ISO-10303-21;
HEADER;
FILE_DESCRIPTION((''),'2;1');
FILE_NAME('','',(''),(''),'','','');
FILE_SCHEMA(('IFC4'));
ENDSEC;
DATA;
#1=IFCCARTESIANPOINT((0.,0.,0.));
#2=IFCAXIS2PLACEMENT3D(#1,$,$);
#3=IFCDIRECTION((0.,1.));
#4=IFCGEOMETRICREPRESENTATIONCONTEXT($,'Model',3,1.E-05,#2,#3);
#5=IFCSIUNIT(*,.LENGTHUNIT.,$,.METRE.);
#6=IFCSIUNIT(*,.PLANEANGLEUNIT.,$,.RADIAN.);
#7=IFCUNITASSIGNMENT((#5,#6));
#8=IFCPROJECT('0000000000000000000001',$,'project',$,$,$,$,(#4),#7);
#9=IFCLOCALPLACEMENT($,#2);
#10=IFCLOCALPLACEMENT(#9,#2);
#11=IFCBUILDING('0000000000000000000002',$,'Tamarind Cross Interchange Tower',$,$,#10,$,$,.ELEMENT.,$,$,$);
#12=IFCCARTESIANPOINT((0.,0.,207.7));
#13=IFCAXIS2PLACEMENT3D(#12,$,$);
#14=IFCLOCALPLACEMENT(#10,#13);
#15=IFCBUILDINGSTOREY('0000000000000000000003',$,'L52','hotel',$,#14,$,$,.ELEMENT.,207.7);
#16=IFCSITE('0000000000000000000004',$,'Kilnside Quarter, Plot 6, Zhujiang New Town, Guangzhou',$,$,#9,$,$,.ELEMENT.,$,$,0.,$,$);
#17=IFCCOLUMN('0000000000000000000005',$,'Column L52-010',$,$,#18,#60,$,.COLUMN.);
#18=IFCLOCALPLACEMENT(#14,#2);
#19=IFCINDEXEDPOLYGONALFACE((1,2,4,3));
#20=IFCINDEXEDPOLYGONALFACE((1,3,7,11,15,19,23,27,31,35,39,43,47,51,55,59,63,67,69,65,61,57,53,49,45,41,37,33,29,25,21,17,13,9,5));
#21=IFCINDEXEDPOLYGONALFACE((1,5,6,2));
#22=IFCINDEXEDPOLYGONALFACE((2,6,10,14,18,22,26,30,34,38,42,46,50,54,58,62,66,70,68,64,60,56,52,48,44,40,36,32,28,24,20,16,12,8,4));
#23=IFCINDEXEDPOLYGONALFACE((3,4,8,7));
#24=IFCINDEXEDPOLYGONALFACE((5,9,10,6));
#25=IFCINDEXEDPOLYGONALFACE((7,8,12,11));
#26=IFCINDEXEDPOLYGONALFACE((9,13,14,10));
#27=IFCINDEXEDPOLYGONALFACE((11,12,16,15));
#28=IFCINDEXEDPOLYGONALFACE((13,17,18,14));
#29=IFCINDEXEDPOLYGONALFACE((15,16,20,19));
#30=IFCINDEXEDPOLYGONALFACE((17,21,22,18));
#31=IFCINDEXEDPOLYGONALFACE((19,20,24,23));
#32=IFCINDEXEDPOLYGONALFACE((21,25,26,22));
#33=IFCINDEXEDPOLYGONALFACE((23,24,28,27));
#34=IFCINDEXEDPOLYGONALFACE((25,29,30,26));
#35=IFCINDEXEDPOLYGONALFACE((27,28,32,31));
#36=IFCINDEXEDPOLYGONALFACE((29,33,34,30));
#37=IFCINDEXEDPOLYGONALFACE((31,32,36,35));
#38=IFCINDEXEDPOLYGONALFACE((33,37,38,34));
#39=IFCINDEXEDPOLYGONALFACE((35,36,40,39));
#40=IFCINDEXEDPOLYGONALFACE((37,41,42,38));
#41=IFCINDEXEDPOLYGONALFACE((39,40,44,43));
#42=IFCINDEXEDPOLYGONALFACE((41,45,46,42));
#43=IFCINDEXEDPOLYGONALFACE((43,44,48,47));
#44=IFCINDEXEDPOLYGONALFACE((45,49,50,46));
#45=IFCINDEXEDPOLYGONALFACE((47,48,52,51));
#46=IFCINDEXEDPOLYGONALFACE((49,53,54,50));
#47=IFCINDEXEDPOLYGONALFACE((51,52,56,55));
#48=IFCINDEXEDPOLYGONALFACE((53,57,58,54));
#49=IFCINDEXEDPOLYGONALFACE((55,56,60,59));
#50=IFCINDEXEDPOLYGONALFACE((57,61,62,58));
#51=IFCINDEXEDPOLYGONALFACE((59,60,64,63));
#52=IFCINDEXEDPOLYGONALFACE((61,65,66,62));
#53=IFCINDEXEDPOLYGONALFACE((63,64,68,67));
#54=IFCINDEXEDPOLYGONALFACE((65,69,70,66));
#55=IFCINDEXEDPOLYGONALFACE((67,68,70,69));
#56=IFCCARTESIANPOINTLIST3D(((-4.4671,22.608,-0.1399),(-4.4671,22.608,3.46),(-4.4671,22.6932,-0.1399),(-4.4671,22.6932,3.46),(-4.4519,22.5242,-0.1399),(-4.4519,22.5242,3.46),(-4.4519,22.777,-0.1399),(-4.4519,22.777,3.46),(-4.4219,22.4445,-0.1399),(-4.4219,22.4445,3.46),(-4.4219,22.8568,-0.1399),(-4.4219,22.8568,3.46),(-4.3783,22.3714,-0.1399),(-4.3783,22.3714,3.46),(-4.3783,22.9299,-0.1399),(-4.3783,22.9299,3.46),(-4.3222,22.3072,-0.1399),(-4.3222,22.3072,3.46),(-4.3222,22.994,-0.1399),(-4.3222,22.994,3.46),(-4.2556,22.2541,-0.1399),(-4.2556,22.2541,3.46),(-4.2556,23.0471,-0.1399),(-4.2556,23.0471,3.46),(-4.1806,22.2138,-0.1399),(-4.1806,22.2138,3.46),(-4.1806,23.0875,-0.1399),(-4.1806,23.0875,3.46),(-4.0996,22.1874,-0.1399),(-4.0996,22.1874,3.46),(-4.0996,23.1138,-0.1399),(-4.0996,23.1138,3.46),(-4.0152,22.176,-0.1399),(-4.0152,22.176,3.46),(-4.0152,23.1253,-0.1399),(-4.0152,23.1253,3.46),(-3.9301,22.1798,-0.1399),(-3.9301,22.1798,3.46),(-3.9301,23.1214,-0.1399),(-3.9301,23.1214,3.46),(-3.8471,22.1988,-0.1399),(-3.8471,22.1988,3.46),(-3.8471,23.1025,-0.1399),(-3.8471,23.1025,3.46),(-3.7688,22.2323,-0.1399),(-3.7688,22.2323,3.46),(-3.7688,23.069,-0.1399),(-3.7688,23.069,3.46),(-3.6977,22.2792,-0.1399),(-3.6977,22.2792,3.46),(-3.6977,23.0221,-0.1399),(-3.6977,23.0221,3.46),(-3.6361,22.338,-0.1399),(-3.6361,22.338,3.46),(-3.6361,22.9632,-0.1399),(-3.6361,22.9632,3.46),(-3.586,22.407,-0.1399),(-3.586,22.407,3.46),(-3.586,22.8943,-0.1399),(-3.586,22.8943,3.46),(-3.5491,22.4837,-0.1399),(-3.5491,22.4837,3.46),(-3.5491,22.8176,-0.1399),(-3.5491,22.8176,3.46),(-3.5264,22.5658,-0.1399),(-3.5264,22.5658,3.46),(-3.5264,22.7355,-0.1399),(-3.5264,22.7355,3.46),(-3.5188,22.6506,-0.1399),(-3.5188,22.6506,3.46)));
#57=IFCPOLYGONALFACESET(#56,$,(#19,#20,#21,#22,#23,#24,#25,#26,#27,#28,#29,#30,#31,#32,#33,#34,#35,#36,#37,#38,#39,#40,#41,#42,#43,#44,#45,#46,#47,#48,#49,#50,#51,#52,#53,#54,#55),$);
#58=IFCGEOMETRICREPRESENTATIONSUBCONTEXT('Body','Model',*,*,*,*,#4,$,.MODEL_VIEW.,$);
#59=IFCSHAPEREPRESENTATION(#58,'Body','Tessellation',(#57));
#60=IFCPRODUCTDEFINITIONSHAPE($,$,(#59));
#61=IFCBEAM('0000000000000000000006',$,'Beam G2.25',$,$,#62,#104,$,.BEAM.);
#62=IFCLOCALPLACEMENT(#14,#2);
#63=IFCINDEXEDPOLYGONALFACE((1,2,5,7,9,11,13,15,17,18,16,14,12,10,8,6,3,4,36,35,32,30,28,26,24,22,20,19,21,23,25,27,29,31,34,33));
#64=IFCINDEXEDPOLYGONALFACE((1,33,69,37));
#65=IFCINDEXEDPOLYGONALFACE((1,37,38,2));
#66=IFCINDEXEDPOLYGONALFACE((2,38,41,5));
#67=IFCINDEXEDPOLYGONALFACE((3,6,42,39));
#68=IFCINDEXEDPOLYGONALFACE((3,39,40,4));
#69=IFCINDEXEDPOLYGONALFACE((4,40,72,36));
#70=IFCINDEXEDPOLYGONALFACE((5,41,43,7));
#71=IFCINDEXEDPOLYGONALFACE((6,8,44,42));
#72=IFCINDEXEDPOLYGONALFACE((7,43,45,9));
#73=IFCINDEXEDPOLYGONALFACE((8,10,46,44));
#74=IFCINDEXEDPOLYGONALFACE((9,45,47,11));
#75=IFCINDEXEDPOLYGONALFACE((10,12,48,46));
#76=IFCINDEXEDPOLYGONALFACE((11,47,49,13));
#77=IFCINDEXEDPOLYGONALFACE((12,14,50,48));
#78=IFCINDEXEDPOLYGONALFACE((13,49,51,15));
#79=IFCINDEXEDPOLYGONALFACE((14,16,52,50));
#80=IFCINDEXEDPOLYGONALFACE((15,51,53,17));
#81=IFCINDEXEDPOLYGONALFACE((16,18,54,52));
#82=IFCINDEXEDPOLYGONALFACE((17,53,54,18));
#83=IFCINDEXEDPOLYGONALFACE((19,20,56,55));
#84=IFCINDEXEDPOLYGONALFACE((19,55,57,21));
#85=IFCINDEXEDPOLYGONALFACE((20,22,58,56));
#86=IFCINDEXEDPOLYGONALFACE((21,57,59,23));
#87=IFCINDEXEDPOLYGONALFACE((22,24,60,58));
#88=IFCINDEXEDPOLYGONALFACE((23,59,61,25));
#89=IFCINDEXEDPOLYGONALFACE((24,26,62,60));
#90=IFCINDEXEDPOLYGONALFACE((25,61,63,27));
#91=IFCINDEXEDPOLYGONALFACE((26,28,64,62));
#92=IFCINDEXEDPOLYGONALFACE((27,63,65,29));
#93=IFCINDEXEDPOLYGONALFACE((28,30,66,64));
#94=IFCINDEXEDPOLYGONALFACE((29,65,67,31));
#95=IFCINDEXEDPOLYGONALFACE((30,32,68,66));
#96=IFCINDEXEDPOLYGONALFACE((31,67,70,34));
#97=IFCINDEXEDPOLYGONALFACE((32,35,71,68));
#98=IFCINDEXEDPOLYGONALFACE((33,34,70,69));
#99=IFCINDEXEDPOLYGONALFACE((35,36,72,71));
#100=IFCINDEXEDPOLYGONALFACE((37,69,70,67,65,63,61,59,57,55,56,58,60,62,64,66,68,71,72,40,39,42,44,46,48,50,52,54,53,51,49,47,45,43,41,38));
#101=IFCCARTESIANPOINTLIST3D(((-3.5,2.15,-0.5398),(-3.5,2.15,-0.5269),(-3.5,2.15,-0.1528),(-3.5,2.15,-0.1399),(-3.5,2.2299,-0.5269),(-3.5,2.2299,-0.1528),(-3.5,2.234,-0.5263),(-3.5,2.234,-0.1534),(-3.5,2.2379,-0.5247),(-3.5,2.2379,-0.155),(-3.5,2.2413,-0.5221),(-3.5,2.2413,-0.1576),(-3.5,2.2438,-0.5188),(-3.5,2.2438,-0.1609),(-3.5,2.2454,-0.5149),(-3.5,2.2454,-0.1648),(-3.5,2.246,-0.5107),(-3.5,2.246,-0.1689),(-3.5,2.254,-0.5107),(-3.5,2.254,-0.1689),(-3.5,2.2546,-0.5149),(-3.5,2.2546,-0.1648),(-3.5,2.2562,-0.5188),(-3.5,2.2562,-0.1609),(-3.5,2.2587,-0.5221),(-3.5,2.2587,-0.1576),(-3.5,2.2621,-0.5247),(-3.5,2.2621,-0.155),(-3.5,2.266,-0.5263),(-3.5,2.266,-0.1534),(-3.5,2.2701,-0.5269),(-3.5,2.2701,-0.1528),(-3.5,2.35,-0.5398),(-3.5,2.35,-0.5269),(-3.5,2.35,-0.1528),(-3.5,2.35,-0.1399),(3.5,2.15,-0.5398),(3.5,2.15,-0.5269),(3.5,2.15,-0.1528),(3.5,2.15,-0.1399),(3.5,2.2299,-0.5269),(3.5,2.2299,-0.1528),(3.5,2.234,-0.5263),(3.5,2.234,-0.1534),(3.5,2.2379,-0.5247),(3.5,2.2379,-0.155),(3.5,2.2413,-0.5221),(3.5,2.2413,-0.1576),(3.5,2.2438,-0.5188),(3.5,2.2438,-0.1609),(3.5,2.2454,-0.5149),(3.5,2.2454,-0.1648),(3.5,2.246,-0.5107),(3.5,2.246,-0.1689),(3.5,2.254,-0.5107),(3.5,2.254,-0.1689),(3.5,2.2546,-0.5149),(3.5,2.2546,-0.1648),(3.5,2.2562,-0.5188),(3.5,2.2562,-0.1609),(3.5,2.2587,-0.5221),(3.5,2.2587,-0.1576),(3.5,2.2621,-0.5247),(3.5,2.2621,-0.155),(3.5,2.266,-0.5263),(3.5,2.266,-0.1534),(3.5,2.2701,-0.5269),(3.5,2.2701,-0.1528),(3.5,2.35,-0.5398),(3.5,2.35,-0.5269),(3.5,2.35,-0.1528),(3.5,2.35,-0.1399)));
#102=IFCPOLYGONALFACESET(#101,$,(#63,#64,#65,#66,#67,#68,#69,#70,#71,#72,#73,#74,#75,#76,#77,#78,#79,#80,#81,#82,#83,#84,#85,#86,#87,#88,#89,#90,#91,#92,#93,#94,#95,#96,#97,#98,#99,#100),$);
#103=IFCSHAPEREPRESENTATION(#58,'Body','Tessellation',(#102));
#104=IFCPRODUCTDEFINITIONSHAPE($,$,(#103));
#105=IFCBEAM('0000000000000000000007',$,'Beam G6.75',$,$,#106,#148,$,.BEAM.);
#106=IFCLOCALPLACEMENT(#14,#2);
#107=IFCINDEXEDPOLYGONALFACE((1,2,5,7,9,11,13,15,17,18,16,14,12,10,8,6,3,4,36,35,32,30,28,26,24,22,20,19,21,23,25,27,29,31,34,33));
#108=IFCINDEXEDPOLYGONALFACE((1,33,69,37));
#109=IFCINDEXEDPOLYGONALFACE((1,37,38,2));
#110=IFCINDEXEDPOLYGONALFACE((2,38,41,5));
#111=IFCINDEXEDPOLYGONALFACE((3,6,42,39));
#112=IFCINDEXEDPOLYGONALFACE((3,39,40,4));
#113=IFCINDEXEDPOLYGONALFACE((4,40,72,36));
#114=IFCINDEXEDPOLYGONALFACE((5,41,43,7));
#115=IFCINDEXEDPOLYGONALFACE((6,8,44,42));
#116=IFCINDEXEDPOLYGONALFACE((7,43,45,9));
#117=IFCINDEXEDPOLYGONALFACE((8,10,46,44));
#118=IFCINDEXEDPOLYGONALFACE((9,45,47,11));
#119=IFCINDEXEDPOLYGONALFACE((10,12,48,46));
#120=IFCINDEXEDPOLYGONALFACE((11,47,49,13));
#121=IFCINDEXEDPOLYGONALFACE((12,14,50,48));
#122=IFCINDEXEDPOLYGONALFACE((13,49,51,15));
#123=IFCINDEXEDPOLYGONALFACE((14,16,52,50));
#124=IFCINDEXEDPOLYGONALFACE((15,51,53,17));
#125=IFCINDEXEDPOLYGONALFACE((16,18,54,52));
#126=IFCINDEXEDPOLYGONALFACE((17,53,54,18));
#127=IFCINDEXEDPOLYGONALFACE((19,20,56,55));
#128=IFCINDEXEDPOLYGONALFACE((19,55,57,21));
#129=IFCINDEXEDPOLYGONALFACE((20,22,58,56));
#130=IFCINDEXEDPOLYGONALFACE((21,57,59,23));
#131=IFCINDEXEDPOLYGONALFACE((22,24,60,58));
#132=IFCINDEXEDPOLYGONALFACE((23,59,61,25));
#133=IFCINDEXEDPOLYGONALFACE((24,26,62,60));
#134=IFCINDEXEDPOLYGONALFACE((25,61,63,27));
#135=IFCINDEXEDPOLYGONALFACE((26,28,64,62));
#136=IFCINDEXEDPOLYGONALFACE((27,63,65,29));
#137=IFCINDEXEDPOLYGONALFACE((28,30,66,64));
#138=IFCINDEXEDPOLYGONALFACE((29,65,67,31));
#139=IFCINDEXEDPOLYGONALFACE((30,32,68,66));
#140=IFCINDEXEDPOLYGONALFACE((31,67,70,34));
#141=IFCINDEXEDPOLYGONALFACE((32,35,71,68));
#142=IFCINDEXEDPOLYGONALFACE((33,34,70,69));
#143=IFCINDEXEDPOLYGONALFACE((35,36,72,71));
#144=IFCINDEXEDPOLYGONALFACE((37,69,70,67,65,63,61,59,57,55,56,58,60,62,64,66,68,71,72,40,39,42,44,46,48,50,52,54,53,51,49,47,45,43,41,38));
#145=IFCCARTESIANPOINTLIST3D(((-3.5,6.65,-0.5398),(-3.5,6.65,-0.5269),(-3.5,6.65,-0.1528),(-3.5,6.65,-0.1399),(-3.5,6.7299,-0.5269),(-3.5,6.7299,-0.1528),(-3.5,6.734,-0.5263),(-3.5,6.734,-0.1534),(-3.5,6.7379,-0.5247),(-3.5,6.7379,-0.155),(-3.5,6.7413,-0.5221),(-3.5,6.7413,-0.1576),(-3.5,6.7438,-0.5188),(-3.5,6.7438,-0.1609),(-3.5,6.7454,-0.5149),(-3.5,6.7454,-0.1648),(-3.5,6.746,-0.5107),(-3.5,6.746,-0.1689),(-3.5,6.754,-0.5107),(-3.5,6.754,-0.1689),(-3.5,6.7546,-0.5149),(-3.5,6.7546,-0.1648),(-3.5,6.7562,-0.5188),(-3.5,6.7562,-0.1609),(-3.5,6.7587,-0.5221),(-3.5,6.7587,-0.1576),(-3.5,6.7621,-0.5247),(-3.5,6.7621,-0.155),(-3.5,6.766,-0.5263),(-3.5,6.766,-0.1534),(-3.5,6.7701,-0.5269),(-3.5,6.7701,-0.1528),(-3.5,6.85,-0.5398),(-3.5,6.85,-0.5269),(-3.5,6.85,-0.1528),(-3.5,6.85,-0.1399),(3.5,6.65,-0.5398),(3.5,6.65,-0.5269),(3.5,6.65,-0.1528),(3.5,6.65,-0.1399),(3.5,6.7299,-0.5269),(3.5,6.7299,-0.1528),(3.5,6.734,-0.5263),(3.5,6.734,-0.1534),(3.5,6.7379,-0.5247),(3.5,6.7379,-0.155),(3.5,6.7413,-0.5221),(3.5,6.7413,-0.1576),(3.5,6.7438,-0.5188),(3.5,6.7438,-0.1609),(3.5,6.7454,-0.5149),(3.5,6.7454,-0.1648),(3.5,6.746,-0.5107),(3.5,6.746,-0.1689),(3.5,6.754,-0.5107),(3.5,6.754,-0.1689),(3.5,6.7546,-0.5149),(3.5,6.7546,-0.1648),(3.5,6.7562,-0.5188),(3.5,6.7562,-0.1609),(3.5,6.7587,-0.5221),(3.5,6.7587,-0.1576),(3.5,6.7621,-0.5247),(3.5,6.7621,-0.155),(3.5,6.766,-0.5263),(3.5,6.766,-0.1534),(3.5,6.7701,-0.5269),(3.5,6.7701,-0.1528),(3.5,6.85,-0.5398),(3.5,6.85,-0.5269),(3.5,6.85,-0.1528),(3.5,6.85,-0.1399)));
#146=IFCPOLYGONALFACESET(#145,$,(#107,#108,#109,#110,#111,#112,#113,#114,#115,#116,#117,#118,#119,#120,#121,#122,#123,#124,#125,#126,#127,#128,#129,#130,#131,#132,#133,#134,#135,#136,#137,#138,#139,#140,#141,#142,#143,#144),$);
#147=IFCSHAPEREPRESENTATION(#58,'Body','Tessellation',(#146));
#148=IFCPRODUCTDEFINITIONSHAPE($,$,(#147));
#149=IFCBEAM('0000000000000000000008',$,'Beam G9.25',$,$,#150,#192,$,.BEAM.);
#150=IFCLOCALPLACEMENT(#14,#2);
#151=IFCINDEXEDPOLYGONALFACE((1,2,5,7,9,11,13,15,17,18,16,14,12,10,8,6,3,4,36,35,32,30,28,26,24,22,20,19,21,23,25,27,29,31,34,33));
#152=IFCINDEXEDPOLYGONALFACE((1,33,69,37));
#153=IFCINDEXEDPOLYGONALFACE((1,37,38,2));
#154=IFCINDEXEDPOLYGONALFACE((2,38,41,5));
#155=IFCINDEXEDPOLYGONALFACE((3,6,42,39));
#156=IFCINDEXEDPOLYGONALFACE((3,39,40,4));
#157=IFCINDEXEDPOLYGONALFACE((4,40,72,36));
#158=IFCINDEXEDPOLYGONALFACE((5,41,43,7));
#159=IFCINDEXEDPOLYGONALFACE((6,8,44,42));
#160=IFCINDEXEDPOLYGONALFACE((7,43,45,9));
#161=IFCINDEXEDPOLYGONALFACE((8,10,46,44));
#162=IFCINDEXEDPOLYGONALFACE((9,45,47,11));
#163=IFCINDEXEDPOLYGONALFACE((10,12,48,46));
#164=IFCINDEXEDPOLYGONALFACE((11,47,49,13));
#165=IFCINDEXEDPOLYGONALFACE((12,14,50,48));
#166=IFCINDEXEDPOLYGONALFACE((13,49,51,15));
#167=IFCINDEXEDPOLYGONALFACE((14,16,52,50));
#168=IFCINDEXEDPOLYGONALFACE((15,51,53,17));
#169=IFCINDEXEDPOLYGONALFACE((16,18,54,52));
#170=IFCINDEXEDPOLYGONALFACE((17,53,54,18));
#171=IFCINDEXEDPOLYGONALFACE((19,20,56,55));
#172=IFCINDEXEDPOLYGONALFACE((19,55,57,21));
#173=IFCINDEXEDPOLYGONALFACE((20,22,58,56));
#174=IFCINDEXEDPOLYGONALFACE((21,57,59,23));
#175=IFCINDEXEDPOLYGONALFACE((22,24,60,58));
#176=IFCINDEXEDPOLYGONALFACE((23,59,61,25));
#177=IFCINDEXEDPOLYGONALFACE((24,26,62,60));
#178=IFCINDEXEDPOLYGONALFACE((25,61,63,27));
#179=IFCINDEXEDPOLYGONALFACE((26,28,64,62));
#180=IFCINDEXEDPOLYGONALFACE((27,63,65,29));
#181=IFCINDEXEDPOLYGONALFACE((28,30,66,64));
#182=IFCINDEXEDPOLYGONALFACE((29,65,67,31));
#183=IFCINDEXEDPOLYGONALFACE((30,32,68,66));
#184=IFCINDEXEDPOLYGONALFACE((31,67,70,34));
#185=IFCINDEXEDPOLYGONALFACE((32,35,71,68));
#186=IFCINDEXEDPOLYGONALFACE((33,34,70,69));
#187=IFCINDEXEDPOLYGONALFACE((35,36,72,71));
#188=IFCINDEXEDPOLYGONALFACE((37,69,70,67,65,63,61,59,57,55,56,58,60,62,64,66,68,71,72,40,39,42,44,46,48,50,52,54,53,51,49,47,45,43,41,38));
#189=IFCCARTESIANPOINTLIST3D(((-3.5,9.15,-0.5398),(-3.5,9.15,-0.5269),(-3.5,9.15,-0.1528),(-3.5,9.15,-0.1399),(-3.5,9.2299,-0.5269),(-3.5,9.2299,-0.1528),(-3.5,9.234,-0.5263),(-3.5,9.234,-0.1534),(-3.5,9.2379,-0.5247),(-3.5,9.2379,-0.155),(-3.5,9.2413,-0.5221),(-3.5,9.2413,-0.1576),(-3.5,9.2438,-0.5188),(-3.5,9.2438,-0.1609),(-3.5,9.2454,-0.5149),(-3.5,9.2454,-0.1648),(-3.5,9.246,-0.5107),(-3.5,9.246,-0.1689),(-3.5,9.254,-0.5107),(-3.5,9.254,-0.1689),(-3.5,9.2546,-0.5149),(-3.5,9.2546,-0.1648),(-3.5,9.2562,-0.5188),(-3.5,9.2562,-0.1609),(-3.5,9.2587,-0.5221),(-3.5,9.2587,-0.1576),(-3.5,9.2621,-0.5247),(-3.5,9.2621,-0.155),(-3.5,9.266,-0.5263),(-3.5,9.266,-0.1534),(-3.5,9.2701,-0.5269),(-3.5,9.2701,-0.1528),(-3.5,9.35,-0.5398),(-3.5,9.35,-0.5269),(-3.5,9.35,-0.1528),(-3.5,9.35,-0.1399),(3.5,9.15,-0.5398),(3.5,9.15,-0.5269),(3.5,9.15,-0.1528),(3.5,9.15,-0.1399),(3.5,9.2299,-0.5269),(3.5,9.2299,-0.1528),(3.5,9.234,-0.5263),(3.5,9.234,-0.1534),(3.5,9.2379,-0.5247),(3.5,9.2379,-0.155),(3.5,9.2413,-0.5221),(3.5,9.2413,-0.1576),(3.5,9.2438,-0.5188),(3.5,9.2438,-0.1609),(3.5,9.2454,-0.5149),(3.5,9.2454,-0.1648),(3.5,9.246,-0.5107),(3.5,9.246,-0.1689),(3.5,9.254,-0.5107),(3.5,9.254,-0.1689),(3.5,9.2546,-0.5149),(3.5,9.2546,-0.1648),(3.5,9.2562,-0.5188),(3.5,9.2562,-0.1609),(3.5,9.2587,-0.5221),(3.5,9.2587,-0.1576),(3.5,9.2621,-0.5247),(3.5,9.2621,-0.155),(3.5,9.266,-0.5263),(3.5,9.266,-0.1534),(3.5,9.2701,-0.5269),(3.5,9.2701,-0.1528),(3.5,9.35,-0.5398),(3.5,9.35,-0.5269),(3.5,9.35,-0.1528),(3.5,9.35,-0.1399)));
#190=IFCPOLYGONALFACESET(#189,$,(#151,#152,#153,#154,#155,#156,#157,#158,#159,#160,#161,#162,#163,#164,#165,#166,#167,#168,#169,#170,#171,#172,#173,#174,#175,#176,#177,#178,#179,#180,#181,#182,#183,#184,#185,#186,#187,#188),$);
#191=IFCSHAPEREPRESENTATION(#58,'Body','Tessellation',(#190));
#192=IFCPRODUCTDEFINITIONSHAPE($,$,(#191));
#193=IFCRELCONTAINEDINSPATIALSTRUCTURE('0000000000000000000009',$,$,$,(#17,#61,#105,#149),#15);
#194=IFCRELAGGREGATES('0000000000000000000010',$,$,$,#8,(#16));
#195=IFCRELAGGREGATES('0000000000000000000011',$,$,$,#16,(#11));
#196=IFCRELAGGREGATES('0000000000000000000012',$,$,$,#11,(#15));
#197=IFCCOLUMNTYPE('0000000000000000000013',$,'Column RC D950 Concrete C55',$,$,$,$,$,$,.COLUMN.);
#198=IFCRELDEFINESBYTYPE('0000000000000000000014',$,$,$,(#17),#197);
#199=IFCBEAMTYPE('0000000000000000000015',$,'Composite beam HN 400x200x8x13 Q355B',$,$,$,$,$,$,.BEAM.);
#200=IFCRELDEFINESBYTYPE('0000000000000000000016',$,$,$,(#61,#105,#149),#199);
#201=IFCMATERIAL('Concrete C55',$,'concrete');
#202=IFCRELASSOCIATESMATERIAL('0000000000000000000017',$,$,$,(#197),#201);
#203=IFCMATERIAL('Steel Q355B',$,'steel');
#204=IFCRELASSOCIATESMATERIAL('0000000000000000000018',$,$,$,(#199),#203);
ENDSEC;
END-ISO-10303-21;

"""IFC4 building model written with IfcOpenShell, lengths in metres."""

from ifc_helpers import new_model, si_unit, direction, frame, origin, origin_2d, place, context, subcontext, project, spatial, circle, i_section, extrude, material, material_profile, profile_set, type_object, element, save


model = new_model("IFC4")

# Units and contexts
model_context = context("Model", 3, precision=1e-05, world=origin(), true_north=direction((0.0, 1.0)))
body_context = subcontext(model_context, "Body", "Model", "MODEL_VIEW")
ifc_project = project(units=[si_unit("LENGTHUNIT", "METRE"), si_unit("PLANEANGLEUNIT", "RADIAN")], contexts=[model_context])

# Site, building, storey
site_placement = place(None, origin())
site = spatial("IfcSite", under=ifc_project, at=site_placement, Name="Kilnside Quarter, Plot 6, Zhujiang New Town, Guangzhou", CompositionType="ELEMENT", RefElevation=0.0)
building_placement = place(site_placement, origin())
building = spatial("IfcBuilding", under=site, at=building_placement, Name="Tamarind Cross Interchange Tower", CompositionType="ELEMENT")
storey_placement = place(building_placement, frame((0.0, 0.0, 207.7)))
storey = spatial("IfcBuildingStorey", under=building, at=storey_placement, Name="L52", Description="hotel", CompositionType="ELEMENT", Elevation=207.7)

# Column
ifc_material_1 = material(Name="Concrete C55", Category="concrete")
ifc_material_profile_1 = material_profile(ifc_material_1, circle(Radius=0.4751, at=origin_2d()), Name="RC D950")
ifc_profile_set_1 = profile_set([ifc_material_profile_1], Name="Concrete C55")
column_type = type_object("IfcColumnType", Name="Column RC D950 Concrete C55", PredefinedType="COLUMN", material=ifc_profile_set_1)
column_placement = place(storey_placement, frame((-3.9939, 22.6506, -0.1399), z_axis=(0.0, 0.0, 1.0), x_axis=(1.0, 0.0, 0.0)))
element("IfcColumn", 1, at=column_placement, inside=storey, type_object=column_type, Name="Column L52-010", PredefinedType="COLUMN", context=body_context, shape_type="SweptSolid", body=[
    extrude(circle(Radius=0.4751, at=origin_2d()), origin(), (0.0, 0.0, 1.0), 3.5999),
])

# Beams
ifc_material_2 = material(Name="Steel Q355B", Category="steel")
ifc_material_profile_2 = material_profile(ifc_material_2, i_section(OverallWidth=0.2, OverallDepth=0.3999, WebThickness=0.0081, FlangeThickness=0.0129, FilletRadius=0.0161, at=origin_2d()), Name="HN 400x200x8x13")
ifc_profile_set_2 = profile_set([ifc_material_profile_2], Name="Steel Q355B")
beam_type_1 = type_object("IfcBeamType", Name="Composite beam HN 400x200x8x13 Q355B", PredefinedType="BEAM", material=ifc_profile_set_2)
for number, where, z_axis, x_axis, name in (
    (2, (-3.5, 2.25, -0.3398), (1.0, 0.0, 0.0), (0.0, 1.0, 0.0), "Beam G2.25"),
    (3, (-3.5, 6.75, -0.3398), (1.0, 0.0, 0.0), (0.0, 1.0, 0.0), "Beam G6.75"),
    (4, (-3.5, 9.25, -0.3398), (1.0, 0.0, 0.0), (0.0, 1.0, 0.0), "Beam G9.25"),
):
    element("IfcBeam", number, at=place(storey_placement, frame(where, z_axis=z_axis, x_axis=x_axis)), inside=storey, type_object=beam_type_1, Name=name, PredefinedType="BEAM", context=body_context, shape_type="SweptSolid", body=[
        extrude(i_section(OverallWidth=0.2, OverallDepth=0.3999, WebThickness=0.0081, FlangeThickness=0.0129, FilletRadius=0.0161, at=origin_2d()), origin(), (0.0, 0.0, 1.0), 7.0),
    ])

save(model, "model.ifc")
